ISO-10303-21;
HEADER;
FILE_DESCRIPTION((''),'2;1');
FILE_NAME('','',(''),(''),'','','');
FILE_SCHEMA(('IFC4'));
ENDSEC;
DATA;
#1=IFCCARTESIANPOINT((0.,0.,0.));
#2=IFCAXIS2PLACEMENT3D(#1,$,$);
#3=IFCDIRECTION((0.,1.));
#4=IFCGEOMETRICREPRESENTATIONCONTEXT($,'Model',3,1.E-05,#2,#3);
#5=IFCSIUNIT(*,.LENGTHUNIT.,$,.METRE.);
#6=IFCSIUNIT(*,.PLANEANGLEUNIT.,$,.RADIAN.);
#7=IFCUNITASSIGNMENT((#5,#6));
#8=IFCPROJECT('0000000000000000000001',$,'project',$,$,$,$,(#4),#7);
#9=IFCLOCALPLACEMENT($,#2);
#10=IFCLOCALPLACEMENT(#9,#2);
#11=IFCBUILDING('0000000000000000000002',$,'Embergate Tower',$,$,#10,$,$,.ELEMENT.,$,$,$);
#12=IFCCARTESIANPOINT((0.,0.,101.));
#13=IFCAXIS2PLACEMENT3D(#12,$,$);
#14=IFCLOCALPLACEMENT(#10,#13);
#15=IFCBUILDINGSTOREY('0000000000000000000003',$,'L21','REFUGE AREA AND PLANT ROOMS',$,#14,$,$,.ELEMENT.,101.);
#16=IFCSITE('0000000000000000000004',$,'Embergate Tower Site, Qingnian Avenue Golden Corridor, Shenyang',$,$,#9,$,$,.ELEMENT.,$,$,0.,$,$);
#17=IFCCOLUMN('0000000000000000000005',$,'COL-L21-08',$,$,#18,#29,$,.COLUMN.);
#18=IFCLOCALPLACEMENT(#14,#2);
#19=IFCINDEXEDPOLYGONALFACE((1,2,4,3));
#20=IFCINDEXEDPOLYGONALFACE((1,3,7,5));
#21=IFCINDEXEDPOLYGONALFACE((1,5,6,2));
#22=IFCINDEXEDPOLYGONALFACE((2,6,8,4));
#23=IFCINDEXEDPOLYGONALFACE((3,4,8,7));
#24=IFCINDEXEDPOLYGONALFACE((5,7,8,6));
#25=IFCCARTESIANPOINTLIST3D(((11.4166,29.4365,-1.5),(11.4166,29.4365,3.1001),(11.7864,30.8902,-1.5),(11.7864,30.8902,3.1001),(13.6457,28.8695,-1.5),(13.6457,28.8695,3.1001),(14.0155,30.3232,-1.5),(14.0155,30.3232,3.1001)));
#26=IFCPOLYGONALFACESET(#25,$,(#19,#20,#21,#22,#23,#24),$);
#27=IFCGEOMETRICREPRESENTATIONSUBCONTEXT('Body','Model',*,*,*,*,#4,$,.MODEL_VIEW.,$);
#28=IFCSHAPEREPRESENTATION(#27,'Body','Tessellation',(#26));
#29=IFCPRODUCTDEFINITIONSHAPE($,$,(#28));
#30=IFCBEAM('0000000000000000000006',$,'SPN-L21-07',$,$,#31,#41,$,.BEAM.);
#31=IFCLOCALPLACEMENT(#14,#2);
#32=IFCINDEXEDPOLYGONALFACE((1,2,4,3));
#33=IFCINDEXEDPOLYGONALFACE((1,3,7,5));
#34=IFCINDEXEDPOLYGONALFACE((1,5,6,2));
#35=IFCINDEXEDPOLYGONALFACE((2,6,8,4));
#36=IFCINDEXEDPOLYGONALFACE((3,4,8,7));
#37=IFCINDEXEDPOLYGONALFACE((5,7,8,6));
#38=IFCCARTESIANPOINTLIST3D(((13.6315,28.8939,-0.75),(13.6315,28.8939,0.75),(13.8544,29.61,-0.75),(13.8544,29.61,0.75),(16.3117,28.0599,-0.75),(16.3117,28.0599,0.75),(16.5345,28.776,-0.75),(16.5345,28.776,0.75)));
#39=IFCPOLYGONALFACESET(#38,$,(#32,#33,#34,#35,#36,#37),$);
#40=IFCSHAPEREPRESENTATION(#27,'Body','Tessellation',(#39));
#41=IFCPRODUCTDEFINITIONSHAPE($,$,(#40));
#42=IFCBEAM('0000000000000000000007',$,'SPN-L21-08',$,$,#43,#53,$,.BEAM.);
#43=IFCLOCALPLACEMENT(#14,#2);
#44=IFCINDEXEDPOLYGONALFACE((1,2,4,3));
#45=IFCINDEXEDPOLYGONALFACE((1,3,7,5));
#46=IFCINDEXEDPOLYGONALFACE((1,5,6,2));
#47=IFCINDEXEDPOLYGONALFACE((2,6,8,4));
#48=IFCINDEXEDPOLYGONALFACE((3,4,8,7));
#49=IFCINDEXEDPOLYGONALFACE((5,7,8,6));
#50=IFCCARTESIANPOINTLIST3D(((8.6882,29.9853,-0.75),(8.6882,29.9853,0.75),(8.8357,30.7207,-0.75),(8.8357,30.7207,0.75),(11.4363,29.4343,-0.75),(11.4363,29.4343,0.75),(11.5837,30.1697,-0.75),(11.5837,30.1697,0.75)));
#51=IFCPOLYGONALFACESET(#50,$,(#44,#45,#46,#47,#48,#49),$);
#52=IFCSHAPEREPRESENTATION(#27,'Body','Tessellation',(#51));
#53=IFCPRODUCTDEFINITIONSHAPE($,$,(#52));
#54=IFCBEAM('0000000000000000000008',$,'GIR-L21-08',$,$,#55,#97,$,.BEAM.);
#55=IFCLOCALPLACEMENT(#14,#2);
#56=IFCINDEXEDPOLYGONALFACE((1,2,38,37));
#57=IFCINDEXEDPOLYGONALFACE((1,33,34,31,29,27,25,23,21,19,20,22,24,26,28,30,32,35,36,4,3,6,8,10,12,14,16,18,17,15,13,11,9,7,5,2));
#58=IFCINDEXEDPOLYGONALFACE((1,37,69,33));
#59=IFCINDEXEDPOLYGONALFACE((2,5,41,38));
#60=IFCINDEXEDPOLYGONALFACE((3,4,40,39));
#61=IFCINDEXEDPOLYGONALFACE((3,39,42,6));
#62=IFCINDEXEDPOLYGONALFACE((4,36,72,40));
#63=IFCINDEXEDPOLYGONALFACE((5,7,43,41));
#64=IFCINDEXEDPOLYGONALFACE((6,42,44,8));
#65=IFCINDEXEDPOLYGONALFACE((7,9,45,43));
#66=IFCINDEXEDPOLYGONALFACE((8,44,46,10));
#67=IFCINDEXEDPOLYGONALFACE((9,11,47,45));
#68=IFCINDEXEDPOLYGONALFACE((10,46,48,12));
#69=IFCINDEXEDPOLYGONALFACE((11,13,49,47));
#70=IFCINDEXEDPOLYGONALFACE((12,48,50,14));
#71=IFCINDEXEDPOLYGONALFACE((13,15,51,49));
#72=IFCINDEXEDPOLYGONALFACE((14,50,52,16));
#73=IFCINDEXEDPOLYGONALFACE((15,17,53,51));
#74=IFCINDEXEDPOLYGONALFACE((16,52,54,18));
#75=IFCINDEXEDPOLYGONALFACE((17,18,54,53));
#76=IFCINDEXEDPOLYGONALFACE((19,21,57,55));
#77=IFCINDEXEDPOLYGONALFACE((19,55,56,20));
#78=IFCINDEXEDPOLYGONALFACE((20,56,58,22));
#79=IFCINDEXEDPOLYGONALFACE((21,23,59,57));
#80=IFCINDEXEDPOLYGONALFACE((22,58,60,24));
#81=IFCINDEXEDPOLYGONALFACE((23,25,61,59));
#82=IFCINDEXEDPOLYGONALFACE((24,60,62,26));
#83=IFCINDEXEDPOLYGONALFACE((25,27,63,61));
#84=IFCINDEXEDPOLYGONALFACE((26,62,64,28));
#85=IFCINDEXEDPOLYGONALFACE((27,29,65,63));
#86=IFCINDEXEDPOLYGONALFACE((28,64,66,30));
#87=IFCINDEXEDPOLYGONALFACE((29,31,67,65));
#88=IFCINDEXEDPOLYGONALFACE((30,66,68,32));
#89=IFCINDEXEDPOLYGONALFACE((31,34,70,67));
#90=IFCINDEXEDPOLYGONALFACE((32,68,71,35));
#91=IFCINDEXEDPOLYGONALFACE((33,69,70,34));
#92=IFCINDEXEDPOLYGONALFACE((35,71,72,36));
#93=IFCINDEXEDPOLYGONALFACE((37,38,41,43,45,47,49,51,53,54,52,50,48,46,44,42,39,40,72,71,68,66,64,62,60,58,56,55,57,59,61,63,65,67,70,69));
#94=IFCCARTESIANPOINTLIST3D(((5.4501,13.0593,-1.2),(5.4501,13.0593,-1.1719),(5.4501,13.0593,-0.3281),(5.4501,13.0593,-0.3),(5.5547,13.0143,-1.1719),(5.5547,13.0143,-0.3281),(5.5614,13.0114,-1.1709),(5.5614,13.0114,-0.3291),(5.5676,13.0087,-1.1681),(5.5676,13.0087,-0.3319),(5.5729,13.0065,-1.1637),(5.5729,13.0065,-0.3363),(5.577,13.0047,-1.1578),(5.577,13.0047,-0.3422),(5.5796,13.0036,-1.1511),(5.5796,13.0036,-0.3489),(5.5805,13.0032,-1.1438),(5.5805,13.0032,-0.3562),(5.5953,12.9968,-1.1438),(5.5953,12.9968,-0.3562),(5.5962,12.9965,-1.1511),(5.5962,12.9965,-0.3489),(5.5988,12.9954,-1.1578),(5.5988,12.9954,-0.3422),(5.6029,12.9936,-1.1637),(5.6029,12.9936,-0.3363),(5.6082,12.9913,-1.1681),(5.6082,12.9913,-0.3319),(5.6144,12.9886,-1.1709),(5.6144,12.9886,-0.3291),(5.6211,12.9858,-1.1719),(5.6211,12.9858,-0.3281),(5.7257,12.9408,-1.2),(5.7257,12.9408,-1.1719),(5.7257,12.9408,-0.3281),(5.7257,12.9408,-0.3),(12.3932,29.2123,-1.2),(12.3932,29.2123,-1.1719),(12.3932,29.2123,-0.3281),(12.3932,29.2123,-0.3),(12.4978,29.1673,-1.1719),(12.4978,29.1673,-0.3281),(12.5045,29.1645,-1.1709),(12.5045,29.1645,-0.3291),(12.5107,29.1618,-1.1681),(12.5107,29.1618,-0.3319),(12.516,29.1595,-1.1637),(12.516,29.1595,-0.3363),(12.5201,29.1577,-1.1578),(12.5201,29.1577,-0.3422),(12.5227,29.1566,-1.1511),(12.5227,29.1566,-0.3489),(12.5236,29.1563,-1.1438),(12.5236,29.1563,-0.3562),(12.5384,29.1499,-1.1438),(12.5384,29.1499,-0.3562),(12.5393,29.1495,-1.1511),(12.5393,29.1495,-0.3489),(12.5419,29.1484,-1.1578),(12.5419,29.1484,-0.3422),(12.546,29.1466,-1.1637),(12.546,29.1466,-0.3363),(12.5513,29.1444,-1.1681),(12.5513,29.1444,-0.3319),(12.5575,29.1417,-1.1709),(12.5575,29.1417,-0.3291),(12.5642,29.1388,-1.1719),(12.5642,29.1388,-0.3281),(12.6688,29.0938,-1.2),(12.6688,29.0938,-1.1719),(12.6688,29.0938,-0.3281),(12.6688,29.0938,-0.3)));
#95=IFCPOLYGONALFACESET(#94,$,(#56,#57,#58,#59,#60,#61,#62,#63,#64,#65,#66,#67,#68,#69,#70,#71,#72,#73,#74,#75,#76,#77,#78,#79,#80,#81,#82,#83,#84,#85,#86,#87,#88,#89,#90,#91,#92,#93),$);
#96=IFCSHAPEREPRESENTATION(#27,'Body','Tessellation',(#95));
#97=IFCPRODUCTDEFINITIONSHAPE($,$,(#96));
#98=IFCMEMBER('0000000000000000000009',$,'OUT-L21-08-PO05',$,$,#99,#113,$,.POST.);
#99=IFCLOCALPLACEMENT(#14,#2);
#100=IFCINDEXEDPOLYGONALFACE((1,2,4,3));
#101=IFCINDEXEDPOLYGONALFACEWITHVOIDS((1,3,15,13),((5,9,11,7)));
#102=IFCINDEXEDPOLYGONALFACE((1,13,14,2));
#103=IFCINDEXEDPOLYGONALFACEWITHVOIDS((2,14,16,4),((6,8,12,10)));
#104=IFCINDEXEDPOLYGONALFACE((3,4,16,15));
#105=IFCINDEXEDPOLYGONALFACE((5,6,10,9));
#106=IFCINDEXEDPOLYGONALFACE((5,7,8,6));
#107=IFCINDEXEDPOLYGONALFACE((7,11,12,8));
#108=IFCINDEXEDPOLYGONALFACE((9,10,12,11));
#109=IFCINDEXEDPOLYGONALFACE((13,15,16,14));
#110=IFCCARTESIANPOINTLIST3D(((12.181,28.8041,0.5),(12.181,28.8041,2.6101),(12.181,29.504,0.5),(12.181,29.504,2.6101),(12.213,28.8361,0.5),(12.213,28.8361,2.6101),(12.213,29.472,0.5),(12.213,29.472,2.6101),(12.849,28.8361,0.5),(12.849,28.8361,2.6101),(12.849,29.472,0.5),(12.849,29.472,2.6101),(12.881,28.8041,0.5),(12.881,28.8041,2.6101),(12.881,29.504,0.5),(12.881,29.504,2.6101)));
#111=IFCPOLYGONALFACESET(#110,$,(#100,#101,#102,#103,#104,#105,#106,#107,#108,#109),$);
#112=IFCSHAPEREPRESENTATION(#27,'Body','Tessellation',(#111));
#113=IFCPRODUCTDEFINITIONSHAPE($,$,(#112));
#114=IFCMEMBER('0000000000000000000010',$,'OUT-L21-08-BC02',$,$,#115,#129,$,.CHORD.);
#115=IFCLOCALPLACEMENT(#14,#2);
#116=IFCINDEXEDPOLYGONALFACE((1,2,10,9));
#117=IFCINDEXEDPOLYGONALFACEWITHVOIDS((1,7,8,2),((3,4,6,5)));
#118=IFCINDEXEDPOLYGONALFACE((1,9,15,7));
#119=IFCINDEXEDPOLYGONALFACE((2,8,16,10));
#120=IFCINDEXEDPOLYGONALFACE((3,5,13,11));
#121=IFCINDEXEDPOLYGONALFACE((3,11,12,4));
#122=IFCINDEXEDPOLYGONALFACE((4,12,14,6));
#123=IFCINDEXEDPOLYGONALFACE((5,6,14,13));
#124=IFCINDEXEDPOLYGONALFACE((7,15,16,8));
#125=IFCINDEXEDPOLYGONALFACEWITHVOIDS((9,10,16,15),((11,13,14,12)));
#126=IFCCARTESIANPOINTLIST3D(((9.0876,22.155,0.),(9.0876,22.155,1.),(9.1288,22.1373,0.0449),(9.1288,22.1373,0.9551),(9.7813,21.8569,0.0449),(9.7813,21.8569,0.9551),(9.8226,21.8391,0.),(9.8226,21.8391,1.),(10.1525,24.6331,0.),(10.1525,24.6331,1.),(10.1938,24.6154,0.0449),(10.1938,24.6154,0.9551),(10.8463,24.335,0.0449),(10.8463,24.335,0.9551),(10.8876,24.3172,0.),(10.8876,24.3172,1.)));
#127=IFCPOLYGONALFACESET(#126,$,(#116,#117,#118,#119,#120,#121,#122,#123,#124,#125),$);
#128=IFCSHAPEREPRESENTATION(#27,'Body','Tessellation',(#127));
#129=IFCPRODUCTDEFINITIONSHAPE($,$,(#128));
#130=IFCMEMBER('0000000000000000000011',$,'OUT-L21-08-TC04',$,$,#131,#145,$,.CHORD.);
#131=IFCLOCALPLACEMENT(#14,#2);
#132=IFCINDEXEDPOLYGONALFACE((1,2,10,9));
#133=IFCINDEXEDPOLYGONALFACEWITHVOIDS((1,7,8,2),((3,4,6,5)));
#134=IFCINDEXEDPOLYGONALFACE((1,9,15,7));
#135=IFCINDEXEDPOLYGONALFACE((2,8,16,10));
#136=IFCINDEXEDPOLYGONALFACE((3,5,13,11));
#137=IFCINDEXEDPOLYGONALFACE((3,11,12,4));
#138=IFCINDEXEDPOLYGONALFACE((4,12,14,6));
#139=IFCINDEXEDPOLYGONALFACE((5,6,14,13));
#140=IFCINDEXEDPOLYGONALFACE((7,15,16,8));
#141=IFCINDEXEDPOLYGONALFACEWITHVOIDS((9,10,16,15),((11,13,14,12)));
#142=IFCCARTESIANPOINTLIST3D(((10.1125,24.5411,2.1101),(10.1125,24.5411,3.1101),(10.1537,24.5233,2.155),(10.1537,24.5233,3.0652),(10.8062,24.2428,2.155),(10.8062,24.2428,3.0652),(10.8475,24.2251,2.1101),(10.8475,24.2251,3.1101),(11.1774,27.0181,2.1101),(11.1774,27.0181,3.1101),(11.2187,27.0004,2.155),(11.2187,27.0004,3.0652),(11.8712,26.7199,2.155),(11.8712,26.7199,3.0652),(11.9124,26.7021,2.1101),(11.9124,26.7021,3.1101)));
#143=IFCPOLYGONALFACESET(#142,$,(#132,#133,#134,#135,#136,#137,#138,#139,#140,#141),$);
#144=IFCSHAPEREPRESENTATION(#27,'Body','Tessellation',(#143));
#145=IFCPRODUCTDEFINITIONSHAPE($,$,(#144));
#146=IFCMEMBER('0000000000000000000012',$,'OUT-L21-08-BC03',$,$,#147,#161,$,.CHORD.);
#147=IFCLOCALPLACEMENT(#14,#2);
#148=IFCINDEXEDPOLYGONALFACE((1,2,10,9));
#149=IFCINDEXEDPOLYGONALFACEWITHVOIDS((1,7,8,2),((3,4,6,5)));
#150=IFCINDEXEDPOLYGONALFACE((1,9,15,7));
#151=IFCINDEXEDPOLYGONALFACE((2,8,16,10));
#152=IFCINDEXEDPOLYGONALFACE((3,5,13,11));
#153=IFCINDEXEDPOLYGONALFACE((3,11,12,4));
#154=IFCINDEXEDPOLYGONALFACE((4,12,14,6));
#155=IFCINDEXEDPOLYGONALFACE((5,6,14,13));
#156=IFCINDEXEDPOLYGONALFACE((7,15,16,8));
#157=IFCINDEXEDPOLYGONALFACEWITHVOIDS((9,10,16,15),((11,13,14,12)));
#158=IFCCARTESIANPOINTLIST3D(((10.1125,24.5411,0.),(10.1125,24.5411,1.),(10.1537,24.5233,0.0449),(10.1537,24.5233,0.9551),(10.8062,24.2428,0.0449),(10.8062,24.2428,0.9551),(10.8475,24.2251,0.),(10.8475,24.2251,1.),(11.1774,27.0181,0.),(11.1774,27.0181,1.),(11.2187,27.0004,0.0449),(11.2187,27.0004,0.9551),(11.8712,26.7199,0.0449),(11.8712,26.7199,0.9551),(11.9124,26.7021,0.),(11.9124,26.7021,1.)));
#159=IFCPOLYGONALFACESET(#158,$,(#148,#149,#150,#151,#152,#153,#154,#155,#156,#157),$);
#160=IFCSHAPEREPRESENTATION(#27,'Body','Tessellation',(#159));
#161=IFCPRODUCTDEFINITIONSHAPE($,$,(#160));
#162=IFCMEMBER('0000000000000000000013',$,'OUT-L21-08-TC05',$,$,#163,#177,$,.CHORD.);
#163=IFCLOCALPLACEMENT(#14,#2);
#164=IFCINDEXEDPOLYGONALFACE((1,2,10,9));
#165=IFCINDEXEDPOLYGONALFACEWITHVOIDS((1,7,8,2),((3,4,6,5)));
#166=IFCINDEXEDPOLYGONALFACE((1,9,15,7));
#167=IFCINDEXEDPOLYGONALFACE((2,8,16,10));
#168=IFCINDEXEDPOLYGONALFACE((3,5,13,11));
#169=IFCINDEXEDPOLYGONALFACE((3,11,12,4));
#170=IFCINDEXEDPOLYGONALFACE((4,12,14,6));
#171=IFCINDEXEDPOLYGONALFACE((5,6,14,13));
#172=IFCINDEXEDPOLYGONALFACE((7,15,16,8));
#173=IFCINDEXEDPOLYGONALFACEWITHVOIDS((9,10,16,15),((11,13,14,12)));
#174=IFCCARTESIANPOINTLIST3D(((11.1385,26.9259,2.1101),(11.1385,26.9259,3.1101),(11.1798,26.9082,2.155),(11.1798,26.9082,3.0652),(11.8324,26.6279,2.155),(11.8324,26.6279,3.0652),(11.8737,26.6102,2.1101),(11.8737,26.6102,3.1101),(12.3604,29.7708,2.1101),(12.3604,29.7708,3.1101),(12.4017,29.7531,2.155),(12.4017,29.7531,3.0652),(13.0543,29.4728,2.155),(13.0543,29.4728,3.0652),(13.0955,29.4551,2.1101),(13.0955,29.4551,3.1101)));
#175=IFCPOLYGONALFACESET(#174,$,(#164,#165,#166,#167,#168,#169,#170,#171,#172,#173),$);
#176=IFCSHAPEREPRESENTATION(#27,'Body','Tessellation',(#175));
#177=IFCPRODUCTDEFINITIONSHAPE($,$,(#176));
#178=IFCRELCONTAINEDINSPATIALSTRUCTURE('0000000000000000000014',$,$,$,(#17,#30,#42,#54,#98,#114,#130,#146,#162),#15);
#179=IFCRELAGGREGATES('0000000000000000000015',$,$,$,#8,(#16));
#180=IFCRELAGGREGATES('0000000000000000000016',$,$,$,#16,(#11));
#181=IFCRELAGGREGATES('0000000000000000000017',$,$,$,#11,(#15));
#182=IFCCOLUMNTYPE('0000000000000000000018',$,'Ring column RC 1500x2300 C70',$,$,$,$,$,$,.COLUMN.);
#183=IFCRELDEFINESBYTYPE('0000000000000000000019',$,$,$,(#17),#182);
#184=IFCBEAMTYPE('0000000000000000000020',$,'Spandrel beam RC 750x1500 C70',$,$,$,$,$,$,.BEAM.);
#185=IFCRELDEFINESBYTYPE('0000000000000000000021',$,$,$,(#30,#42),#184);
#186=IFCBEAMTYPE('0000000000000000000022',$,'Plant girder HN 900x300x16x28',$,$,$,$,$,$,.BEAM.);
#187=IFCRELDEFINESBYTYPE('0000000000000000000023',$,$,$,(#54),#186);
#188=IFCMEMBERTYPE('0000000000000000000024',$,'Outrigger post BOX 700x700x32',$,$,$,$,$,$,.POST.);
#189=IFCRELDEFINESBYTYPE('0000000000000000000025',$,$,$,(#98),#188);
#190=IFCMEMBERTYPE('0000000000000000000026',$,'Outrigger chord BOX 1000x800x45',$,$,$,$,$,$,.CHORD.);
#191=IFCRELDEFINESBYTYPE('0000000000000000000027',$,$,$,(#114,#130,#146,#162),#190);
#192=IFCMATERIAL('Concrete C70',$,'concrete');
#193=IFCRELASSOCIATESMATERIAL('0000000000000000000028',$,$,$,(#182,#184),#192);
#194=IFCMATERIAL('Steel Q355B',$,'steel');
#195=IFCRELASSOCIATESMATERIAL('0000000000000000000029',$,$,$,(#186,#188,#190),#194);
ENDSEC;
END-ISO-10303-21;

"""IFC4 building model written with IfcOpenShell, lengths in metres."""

from ifc_helpers import new_model, si_unit, direction, frame, origin, origin_2d, place, context, subcontext, project, spatial, rectangle, hollow_rectangle, i_section, extrude, source, transform, mapped, material, material_profile, profile_set, type_object, element, save


model = new_model("IFC4")

# Units and contexts
model_context = context("Model", 3, precision=1e-05, world=origin(), true_north=direction((0.0, 1.0)))
body_context = subcontext(model_context, "Body", "Model", "MODEL_VIEW")
ifc_project = project(units=[si_unit("LENGTHUNIT", "METRE"), si_unit("PLANEANGLEUNIT", "RADIAN")], contexts=[model_context])

# Site, building, storey
site_placement = place(None, origin())
site = spatial("IfcSite", under=ifc_project, at=site_placement, Name="Embergate Tower Site, Qingnian Avenue Golden Corridor, Shenyang", CompositionType="ELEMENT", RefElevation=0.0)
building_placement = place(site_placement, origin())
building = spatial("IfcBuilding", under=site, at=building_placement, Name="Embergate Tower", CompositionType="ELEMENT")
storey_placement = place(building_placement, frame((0.0, 0.0, 101.0)))
storey = spatial("IfcBuildingStorey", under=building, at=storey_placement, Name="L21", Description="REFUGE AREA AND PLANT ROOMS", CompositionType="ELEMENT", Elevation=101.0)

# Column
ifc_material_1 = material(Name="Concrete C70", Category="concrete")
ifc_material_profile_1 = material_profile(ifc_material_1, rectangle(XDim=1.5, YDim=2.3, at=origin_2d()), Name="RC 1500x2300")
ifc_profile_set_1 = profile_set([ifc_material_profile_1], Name="Concrete C70")
column_type = type_object("IfcColumnType", Name="Ring column RC 1500x2300 C70", PredefinedType="COLUMN", material=ifc_profile_set_1)
shared_shape_1 = source(origin(), body_context, "Body", "SweptSolid", [
    extrude(rectangle(XDim=1.5, YDim=2.3, at=origin_2d()), origin(), (0.0, 0.0, 1.0), 4.6001),
])
column_placement = place(storey_placement, frame((12.7161, 29.8799, -1.5), z_axis=(0.0, 0.0, 1.0), x_axis=(0.246509, 0.969141, 0.0)))
element("IfcColumn", 1, at=column_placement, inside=storey, type_object=column_type, Name="COL-L21-08", PredefinedType="COLUMN", context=body_context, shape_type="MappedRepresentation", body=[
    mapped(shared_shape_1, transform((0.0, 0.0, 0.0))),
])

# Beams
ifc_material_profile_2 = material_profile(ifc_material_1, rectangle(XDim=0.75, YDim=1.5, at=origin_2d()), Name="RC 750x1500")
ifc_profile_set_2 = profile_set([ifc_material_profile_2], Name="Concrete C70")
beam_type_1 = type_object("IfcBeamType", Name="Spandrel beam RC 750x1500 C70", PredefinedType="BEAM", material=ifc_profile_set_2)
shared_shape_2 = source(origin(), body_context, "Body", "SweptSolid", [
    extrude(rectangle(XDim=0.75, YDim=1.5, at=origin_2d()), origin(), (0.0, 0.0, 1.0), 2.8069),
])
beam_1_placement = place(storey_placement, frame((16.4231, 28.418, 0.0), z_axis=(-0.954841, 0.297116, 0.0), x_axis=(-0.297116, -0.954841, 0.0)))
element("IfcBeam", 2, at=beam_1_placement, inside=storey, type_object=beam_type_1, Name="SPN-L21-07", PredefinedType="BEAM", context=body_context, shape_type="MappedRepresentation", body=[
    mapped(shared_shape_2, transform((0.0, 0.0, 0.0))),
])
shared_shape_3 = source(origin(), body_context, "Body", "SweptSolid", [
    extrude(rectangle(XDim=0.75, YDim=1.5, at=origin_2d()), origin(), (0.0, 0.0, 1.0), 2.8027),
])
beam_2_placement = place(storey_placement, frame((11.51, 29.802, 0.0), z_axis=(-0.980483, 0.196602, 0.0), x_axis=(-0.196602, -0.980483, 0.0)))
element("IfcBeam", 3, at=beam_2_placement, inside=storey, type_object=beam_type_1, Name="SPN-L21-08", PredefinedType="BEAM", context=body_context, shape_type="MappedRepresentation", body=[
    mapped(shared_shape_3, transform((0.0, 0.0, 0.0))),
])
ifc_material_2 = material(Name="Steel Q355B", Category="steel")
ifc_material_profile_3 = material_profile(ifc_material_2, i_section(OverallWidth=0.3, OverallDepth=0.8999, WebThickness=0.0161, FlangeThickness=0.0281, FilletRadius=0.0281, at=origin_2d()), Name="HN 900x300x16x28")
ifc_profile_set_3 = profile_set([ifc_material_profile_3], Name="Steel Q355 grade B")
beam_type_2 = type_object("IfcBeamType", Name="Plant girder HN 900x300x16x28", PredefinedType="BEAM", material=ifc_profile_set_3)
shared_shape_4 = source(origin(), body_context, "Body", "SweptSolid", [
    extrude(i_section(OverallWidth=0.3, OverallDepth=0.8999, WebThickness=0.0161, FlangeThickness=0.0281, FilletRadius=0.0281, at=origin_2d()), origin(), (0.0, 0.0, 1.0), 17.582),
])
beam_3_placement = place(storey_placement, frame((12.531, 29.1531, -0.75), z_axis=(-0.394898, -0.918725, 0.0), x_axis=(0.918725, -0.394898, 0.0)))
element("IfcBeam", 4, at=beam_3_placement, inside=storey, type_object=beam_type_2, Name="GIR-L21-08", PredefinedType="BEAM", context=body_context, shape_type="MappedRepresentation", body=[
    mapped(shared_shape_4, transform((0.0, 0.0, 0.0))),
])

# Members
ifc_material_profile_4 = material_profile(ifc_material_2, hollow_rectangle(XDim=0.7, YDim=0.7, WallThickness=0.032, at=origin_2d()), Name="BOX 700x700x32")
ifc_profile_set_4 = profile_set([ifc_material_profile_4], Name="Steel Q355 grade B")
member_type_1 = type_object("IfcMemberType", Name="Outrigger post BOX 700x700x32", PredefinedType="POST", material=ifc_profile_set_4)
shared_shape_5 = source(origin(), body_context, "Body", "SweptSolid", [
    extrude(hollow_rectangle(XDim=0.7, YDim=0.7, WallThickness=0.032, at=origin_2d()), origin(), (0.0, 0.0, 1.0), 2.1101),
])
member_1_placement = place(storey_placement, frame((12.531, 29.1541, 0.5), z_axis=(0.0, 0.0, 1.0), x_axis=(1.0, 0.0, 0.0)))
element("IfcMember", 5, at=member_1_placement, inside=storey, type_object=member_type_1, Name="OUT-L21-08-PO05", PredefinedType="POST", context=body_context, shape_type="MappedRepresentation", body=[
    mapped(shared_shape_5, transform((0.0, 0.0, 0.0))),
])
ifc_material_profile_5 = material_profile(ifc_material_2, hollow_rectangle(XDim=0.8, YDim=1.0, WallThickness=0.0449, at=origin_2d()), Name="BOX 1000x800x45")
ifc_profile_set_5 = profile_set([ifc_material_profile_5], Name="Steel Q355 grade B")
member_type_2 = type_object("IfcMemberType", Name="Outrigger chord BOX 1000x800x45", PredefinedType="CHORD", material=ifc_profile_set_5)
shared_shape_6 = source(origin(), body_context, "Body", "SweptSolid", [
    extrude(hollow_rectangle(XDim=0.8, YDim=1.0, WallThickness=0.0449, at=origin_2d()), origin(), (0.0, 0.0, 1.0), 2.6973),
])
member_2_placement = place(storey_placement, frame((9.4551, 21.9971, 0.5), z_axis=(0.394837, 0.918751, 0.0), x_axis=(-0.918751, 0.394837, 0.0)))
element("IfcMember", 6, at=member_2_placement, inside=storey, type_object=member_type_2, Name="OUT-L21-08-BC02", PredefinedType="CHORD", context=body_context, shape_type="MappedRepresentation", body=[
    mapped(shared_shape_6, transform((0.0, 0.0, 0.0))),
])
shared_shape_7 = source(origin(), body_context, "Body", "SweptSolid", [
    extrude(hollow_rectangle(XDim=0.8, YDim=1.0, WallThickness=0.0449, at=origin_2d()), origin(), (0.0, 0.0, 1.0), 2.6963),
])
for number, where, z_axis, x_axis, name in (
    (7, (10.48, 24.3831, 2.6101), (0.394968, 0.918695, 0.0), (-0.918695, 0.394968, 0.0), "OUT-L21-08-TC04"),
    (8, (10.48, 24.3831, 0.5), (0.394968, 0.918695, 0.0), (-0.918695, 0.394968, 0.0), "OUT-L21-08-BC03"),
):
    element("IfcMember", number, at=place(storey_placement, frame(where, z_axis=z_axis, x_axis=x_axis)), inside=storey, type_object=member_type_2, Name=name, PredefinedType="CHORD", context=body_context, shape_type="MappedRepresentation", body=[
        mapped(shared_shape_7, transform((0.0, 0.0, 0.0))),
    ])
shared_shape_8 = source(origin(), body_context, "Body", "SweptSolid", [
    extrude(hollow_rectangle(XDim=0.8, YDim=1.0, WallThickness=0.0449, at=origin_2d()), origin(), (0.0, 0.0, 1.0), 3.0962),
])
for number, where, z_axis, x_axis, name in (
    (9, (11.5061, 26.7681, 2.6101), (0.394642, 0.918835, 0.0), (-0.918835, 0.394642, 0.0), "OUT-L21-08-TC05"),
):
    element("IfcMember", number, at=place(storey_placement, frame(where, z_axis=z_axis, x_axis=x_axis)), inside=storey, type_object=member_type_2, Name=name, PredefinedType="CHORD", context=body_context, shape_type="MappedRepresentation", body=[
        mapped(shared_shape_8, transform((0.0, 0.0, 0.0))),
    ])

save(model, "model.ifc")
